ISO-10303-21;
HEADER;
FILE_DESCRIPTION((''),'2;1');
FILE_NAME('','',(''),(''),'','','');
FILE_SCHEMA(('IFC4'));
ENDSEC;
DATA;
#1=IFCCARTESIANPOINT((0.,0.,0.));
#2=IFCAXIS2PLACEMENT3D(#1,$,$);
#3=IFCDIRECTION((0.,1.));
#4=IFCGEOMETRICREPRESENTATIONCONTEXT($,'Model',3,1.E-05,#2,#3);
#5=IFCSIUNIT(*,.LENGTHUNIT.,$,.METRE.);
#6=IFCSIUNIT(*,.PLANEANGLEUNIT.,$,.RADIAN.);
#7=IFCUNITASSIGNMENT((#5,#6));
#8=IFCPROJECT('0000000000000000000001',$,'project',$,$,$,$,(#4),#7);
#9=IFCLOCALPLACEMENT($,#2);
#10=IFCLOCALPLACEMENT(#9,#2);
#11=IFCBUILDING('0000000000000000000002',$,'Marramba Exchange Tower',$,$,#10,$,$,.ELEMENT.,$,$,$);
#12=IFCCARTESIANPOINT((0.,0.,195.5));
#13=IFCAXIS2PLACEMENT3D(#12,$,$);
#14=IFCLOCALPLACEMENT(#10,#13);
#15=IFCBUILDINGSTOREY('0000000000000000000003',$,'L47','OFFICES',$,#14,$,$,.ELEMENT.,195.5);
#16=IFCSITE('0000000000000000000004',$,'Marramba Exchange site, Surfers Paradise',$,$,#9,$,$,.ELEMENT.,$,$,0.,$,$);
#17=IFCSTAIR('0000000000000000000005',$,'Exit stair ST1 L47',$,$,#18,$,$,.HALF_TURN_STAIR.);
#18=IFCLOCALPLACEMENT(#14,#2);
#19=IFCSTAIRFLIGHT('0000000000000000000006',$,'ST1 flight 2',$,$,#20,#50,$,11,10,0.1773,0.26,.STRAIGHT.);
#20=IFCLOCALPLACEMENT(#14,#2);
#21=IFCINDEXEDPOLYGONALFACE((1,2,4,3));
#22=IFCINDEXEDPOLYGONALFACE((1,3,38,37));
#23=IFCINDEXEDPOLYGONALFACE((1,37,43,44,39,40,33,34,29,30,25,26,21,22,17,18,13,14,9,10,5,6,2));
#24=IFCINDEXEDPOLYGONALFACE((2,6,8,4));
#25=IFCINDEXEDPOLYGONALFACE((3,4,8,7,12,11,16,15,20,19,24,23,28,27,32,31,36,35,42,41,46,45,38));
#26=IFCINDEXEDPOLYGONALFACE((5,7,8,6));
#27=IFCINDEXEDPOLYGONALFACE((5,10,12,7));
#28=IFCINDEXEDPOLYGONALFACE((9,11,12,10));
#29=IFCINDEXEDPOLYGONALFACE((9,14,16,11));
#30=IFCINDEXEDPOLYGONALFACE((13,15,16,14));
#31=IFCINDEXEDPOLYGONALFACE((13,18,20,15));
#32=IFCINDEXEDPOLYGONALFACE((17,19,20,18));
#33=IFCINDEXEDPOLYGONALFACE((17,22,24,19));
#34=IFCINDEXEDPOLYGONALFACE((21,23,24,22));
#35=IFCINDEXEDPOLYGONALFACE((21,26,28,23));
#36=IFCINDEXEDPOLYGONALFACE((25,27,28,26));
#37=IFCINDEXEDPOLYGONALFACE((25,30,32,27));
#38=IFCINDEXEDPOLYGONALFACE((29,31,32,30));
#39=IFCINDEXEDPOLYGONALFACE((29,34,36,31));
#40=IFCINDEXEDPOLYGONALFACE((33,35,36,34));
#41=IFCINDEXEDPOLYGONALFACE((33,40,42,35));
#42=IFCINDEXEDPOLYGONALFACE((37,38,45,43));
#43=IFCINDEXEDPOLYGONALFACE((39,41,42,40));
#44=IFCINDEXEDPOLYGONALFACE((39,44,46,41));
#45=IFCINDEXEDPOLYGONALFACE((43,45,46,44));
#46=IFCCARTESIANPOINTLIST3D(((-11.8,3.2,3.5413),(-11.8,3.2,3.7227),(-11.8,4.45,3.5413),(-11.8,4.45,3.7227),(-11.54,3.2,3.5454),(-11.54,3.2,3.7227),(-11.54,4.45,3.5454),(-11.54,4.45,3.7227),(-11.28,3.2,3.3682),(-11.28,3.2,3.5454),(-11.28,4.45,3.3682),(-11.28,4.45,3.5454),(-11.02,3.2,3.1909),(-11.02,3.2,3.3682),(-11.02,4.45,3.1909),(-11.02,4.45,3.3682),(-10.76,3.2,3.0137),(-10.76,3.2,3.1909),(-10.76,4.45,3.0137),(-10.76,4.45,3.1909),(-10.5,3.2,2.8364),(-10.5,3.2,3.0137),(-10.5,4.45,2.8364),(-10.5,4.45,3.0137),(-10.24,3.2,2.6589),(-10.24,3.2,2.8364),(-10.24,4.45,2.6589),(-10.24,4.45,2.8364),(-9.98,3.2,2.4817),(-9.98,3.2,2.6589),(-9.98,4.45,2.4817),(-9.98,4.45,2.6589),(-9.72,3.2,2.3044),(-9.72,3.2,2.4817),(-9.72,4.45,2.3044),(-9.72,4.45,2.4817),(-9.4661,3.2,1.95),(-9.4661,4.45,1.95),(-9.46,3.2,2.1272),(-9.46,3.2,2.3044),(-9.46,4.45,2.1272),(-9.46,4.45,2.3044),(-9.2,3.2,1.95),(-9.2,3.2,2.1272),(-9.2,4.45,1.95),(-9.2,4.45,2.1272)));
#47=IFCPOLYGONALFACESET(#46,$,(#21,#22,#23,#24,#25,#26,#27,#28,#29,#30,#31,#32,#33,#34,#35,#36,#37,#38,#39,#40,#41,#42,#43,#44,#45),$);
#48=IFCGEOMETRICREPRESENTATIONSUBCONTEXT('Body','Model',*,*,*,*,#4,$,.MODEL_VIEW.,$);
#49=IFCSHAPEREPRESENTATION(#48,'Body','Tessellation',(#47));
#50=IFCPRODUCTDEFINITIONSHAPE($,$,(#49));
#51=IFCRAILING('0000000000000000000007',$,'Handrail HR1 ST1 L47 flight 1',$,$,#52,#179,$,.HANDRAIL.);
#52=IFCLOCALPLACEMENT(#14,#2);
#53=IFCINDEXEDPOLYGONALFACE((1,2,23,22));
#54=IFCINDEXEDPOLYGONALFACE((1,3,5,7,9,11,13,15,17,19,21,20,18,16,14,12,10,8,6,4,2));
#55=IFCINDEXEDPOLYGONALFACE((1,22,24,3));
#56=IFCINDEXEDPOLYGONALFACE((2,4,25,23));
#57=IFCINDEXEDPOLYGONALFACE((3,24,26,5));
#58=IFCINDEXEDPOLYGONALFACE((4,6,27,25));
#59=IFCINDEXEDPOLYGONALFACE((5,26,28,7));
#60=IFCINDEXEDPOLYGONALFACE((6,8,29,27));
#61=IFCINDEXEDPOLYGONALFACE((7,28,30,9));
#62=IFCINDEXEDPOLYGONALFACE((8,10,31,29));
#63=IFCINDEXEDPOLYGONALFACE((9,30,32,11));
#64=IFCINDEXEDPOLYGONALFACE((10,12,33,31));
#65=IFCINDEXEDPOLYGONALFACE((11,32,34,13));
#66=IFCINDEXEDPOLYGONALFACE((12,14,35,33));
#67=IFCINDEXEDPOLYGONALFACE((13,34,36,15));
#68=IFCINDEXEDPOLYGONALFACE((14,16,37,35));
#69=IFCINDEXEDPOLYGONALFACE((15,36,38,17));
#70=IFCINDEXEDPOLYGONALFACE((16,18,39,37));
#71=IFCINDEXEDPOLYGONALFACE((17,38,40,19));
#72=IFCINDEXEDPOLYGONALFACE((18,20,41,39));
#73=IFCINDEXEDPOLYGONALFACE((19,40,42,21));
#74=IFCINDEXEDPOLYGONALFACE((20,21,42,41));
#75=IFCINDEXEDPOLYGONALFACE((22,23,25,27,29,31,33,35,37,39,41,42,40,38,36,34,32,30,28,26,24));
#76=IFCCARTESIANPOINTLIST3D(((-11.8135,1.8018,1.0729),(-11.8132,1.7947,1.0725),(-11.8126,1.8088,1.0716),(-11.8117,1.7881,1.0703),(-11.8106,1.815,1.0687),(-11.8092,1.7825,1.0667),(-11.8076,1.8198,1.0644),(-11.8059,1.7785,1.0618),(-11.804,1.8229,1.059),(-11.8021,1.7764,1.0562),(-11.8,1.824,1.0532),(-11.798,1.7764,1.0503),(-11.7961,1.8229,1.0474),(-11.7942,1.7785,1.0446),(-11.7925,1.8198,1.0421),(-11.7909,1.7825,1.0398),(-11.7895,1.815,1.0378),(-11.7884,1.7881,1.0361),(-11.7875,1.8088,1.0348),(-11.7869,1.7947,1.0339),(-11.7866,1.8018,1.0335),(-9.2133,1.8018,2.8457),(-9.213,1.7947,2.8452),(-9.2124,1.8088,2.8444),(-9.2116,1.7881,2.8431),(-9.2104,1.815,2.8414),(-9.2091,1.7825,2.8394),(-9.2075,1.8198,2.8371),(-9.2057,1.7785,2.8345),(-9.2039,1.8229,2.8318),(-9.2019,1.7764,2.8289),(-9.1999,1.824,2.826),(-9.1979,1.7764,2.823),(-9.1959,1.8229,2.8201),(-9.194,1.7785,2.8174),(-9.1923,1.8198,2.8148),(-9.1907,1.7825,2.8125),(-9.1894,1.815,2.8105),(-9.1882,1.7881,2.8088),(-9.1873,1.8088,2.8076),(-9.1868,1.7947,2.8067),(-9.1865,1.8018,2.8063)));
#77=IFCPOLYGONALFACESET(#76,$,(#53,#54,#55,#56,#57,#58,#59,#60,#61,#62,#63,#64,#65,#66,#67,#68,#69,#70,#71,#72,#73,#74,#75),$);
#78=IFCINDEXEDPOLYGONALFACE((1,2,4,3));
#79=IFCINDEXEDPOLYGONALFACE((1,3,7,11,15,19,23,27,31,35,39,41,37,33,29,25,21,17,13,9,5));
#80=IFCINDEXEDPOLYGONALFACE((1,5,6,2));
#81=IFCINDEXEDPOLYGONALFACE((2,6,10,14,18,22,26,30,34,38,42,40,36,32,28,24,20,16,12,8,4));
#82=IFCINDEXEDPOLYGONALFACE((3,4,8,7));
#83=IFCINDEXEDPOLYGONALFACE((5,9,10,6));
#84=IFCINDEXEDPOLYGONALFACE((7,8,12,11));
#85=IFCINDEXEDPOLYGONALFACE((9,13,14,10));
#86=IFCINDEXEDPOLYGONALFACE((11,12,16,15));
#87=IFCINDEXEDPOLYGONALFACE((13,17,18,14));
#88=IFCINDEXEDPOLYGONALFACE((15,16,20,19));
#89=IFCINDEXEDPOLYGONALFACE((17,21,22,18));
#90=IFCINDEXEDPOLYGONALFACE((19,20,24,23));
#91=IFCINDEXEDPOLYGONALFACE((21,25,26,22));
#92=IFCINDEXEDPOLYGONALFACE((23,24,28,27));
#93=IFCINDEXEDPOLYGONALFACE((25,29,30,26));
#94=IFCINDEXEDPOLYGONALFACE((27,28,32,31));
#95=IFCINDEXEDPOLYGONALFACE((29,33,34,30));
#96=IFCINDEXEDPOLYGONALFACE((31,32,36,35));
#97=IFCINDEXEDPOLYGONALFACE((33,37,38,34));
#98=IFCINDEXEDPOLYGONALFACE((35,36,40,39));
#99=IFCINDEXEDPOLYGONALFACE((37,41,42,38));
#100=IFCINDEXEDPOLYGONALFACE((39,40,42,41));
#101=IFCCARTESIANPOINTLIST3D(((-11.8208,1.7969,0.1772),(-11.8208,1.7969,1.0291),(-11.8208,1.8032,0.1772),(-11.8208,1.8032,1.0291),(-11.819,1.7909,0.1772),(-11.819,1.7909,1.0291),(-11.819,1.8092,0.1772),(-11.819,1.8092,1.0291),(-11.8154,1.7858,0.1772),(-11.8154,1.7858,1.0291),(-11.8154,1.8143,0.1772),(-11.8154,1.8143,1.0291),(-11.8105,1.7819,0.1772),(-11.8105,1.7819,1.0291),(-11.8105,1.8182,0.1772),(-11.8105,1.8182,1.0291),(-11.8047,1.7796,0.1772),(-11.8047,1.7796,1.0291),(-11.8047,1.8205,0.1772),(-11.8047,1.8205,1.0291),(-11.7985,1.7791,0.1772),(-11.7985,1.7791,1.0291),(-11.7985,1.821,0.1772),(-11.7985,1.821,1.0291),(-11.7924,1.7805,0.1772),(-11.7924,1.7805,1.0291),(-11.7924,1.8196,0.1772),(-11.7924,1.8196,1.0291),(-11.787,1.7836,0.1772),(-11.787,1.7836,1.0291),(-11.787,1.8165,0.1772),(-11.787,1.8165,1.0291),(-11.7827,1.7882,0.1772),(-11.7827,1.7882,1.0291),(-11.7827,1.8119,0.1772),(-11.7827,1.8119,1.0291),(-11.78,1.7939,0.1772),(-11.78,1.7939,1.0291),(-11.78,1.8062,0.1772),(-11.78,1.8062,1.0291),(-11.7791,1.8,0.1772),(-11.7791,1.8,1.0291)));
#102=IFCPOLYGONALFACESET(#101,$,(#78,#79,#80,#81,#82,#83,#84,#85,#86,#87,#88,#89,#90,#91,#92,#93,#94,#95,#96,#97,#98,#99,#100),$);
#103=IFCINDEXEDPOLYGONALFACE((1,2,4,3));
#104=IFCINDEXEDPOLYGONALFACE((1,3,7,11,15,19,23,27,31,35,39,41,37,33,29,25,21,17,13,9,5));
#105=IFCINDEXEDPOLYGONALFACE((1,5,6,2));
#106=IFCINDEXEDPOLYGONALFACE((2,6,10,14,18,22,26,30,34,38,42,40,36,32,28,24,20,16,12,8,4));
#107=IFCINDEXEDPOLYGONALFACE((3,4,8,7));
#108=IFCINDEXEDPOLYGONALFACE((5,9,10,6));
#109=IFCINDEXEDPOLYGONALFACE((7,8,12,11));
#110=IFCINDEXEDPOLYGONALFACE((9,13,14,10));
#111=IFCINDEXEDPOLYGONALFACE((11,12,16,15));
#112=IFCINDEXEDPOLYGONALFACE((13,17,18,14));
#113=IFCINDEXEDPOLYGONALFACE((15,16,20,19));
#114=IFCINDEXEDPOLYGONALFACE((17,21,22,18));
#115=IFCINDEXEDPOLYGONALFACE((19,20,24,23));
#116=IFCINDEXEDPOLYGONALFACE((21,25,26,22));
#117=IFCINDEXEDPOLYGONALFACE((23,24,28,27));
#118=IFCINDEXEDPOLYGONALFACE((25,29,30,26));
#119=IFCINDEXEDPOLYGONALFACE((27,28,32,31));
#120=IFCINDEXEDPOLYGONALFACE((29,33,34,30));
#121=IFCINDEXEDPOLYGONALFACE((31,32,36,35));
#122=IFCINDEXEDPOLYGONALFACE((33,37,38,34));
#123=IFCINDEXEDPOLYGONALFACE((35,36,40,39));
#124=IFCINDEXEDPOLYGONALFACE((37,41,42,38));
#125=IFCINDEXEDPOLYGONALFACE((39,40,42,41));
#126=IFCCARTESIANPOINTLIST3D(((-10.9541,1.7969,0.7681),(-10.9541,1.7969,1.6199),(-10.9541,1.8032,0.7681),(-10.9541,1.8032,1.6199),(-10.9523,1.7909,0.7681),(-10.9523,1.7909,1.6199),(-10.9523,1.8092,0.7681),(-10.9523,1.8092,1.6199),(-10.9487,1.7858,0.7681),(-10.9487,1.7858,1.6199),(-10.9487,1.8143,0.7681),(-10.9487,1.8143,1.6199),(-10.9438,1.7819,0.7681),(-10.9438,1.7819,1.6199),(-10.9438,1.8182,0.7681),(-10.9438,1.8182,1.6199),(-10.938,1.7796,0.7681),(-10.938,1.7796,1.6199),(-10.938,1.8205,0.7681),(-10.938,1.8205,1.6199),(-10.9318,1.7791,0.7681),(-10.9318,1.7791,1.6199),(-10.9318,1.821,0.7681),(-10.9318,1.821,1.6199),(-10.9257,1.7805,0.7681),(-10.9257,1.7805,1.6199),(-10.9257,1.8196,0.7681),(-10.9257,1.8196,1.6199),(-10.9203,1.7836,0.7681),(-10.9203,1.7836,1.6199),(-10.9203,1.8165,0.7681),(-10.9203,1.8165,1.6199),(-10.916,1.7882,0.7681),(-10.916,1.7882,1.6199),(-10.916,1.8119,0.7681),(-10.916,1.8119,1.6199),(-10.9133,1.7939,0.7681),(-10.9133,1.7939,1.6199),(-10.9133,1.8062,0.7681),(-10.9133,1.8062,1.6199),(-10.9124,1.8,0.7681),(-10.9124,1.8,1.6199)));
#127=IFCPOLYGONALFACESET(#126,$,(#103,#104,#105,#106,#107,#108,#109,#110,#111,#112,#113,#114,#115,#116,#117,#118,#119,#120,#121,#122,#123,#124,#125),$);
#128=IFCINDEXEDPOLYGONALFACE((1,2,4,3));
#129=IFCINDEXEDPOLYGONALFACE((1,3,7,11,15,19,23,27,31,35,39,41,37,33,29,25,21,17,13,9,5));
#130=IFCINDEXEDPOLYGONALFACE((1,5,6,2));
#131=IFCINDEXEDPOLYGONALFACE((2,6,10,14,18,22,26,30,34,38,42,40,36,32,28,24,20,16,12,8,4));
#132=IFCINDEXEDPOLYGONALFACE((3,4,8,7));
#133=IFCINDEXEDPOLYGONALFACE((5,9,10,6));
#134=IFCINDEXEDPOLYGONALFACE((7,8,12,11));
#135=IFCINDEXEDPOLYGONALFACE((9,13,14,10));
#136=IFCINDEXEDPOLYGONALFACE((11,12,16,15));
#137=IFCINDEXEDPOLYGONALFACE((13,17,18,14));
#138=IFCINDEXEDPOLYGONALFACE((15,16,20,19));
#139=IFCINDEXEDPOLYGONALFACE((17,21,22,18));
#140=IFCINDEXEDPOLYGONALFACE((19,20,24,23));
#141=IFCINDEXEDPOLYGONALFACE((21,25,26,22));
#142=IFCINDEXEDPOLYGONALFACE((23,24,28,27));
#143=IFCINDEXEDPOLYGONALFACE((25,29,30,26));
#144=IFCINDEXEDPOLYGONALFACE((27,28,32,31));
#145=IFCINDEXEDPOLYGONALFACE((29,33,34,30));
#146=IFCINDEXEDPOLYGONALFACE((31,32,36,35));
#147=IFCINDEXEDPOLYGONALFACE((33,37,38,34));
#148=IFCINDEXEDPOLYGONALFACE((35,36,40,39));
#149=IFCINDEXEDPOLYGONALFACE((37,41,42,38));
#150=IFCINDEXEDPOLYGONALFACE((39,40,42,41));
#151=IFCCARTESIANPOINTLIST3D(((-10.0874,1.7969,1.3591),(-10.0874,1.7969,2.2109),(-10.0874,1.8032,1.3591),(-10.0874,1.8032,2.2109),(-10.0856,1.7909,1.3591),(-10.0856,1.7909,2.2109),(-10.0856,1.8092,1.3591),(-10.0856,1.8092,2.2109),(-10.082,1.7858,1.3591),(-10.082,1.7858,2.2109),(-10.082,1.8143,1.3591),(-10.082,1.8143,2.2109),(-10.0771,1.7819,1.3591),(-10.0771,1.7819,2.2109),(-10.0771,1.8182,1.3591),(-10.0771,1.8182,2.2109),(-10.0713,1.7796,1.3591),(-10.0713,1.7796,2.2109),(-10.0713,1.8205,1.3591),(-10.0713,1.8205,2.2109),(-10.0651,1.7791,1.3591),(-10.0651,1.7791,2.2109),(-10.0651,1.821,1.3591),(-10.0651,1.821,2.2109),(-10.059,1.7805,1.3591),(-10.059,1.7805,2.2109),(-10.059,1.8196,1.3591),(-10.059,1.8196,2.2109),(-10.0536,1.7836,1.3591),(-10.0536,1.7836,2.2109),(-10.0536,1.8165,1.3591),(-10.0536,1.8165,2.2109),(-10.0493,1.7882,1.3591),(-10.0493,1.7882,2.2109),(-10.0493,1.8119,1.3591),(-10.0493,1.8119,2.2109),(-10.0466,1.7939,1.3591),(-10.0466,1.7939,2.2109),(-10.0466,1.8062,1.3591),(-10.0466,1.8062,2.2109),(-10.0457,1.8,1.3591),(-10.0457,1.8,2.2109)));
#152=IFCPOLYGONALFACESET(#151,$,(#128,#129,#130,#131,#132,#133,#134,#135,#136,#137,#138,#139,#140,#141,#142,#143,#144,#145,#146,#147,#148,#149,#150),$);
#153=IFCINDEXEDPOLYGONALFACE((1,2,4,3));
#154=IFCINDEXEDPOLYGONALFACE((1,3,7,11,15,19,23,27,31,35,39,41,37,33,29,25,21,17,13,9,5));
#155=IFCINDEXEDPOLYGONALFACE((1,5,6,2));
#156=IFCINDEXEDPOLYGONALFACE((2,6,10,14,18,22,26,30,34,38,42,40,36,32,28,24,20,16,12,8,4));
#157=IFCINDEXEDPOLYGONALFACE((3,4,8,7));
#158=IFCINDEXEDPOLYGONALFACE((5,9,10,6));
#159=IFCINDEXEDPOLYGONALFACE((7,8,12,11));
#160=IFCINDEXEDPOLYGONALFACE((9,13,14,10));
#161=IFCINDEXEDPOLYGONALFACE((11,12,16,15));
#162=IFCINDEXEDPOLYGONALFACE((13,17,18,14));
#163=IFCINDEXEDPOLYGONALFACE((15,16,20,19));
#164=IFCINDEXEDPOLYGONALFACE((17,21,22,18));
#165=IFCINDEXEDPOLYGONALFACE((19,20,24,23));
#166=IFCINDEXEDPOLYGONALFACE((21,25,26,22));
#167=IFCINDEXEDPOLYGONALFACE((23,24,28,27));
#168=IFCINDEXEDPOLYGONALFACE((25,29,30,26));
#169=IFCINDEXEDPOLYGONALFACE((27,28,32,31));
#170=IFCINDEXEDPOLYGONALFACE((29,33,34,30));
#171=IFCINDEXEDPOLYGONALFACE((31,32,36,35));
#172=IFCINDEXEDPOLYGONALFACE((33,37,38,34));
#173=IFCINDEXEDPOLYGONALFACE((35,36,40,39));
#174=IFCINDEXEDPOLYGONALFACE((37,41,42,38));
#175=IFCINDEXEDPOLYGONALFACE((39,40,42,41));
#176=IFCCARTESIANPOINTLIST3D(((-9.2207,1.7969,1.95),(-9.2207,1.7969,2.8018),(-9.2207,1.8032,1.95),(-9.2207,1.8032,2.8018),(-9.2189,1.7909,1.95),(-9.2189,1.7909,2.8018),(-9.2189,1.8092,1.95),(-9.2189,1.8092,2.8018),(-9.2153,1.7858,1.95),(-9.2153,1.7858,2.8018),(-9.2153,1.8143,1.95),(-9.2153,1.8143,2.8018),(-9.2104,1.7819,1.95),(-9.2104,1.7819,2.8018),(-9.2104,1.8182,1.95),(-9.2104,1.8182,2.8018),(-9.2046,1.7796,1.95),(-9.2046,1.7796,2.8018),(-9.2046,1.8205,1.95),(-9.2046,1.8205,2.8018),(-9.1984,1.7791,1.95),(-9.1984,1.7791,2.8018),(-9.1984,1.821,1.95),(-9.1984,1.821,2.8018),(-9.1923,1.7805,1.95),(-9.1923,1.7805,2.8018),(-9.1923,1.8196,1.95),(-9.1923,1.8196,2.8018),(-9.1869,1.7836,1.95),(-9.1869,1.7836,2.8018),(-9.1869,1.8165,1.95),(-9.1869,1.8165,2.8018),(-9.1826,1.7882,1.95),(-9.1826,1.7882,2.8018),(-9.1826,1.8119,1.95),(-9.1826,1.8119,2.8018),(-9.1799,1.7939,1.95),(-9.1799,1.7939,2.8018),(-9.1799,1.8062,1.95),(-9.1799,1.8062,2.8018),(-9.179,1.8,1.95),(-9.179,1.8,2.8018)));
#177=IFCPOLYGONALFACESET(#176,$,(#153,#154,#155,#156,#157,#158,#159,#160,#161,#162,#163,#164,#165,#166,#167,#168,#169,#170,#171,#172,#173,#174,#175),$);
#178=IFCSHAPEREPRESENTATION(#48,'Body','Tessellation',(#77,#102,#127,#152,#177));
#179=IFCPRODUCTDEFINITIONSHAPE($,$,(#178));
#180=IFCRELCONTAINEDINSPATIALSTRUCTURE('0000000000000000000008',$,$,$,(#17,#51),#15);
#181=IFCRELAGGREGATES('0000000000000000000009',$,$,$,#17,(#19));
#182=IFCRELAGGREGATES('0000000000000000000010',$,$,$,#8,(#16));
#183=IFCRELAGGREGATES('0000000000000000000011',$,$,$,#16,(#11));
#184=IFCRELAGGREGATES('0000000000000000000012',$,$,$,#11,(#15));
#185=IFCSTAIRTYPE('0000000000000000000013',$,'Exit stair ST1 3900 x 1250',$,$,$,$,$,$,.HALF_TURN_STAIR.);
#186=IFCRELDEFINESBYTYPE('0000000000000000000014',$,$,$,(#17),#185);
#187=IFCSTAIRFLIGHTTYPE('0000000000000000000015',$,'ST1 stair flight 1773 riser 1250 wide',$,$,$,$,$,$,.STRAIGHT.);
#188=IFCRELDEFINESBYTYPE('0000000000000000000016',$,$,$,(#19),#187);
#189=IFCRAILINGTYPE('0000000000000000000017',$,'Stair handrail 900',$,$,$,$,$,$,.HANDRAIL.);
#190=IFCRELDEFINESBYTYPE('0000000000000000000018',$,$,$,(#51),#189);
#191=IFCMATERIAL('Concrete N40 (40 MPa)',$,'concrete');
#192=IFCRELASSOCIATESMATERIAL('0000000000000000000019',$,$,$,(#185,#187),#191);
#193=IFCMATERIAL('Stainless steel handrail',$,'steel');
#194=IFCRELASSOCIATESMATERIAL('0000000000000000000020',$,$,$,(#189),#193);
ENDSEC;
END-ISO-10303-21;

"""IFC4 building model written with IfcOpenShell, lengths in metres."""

from ifc_helpers import new_model, si_unit, direction, frame, origin, origin_2d, place, context, subcontext, project, spatial, polyline, circle, outline, extrude, material, type_object, element, aggregate, save


model = new_model("IFC4")

# Units and contexts
model_context = context("Model", 3, precision=1e-05, world=origin(), true_north=direction((0.0, 1.0)))
body_context = subcontext(model_context, "Body", "Model", "MODEL_VIEW")
ifc_project = project(units=[si_unit("LENGTHUNIT", "METRE"), si_unit("PLANEANGLEUNIT", "RADIAN")], contexts=[model_context])

# Site, building, storey
site_placement = place(None, origin())
site = spatial("IfcSite", under=ifc_project, at=site_placement, Name="Marramba Exchange site, Surfers Paradise", CompositionType="ELEMENT", RefElevation=0.0)
building_placement = place(site_placement, origin())
building = spatial("IfcBuilding", under=site, at=building_placement, Name="Marramba Exchange Tower", CompositionType="ELEMENT")
storey_placement = place(building_placement, frame((0.0, 0.0, 195.5)))
storey = spatial("IfcBuildingStorey", under=building, at=storey_placement, Name="L47", Description="OFFICES", CompositionType="ELEMENT", Elevation=195.5)

# Stair, stair flight
ifc_material_1 = material(Name="Concrete N40 (40 MPa)", Category="concrete")
stair_type = type_object("IfcStairType", Name="Exit stair ST1 3900 x 1250", PredefinedType="HALF_TURN_STAIR", material=ifc_material_1)
stair_placement = place(storey_placement, origin())
stair = element("IfcStair", 1, at=stair_placement, inside=storey, type_object=stair_type, Name="Exit stair ST1 L47", PredefinedType="HALF_TURN_STAIR")
stair_flight_type = type_object("IfcStairFlightType", Name="ST1 stair flight 1773 riser 1250 wide", PredefinedType="STRAIGHT", material=ifc_material_1)
stair_flight_1_placement = place(storey_placement, frame((-9.2, 3.825, 1.95), z_axis=(0.0, 0.0, 1.0), x_axis=(-1.0, 0.0, 0.0)))
stair_flight_1 = element("IfcStairFlight", 2, at=stair_flight_1_placement, type_object=stair_flight_type, Name="ST1 flight 2", NumberOfRisers=11, NumberOfTreads=10, PredefinedType="STRAIGHT", RiserHeight=0.1773, TreadLength=0.26, context=body_context, shape_type="SweptSolid", body=[
    extrude(outline(polyline([(0.0, 0.0), (0.0, 0.1772), (0.26, 0.1772), (0.26, 0.3545), (0.52, 0.3545), (0.52, 0.5317), (0.78, 0.5317), (0.78, 0.709), (1.04, 0.709), (1.04, 0.8865), (1.3, 0.8865), (1.3, 1.0637), (1.5601, 1.0637), (1.5601, 1.241), (1.8201, 1.241), (1.8201, 1.4182), (2.0801, 1.4182), (2.0801, 1.5955), (2.3401, 1.5955), (2.3401, 1.7727), (2.6001, 1.7727), (2.6001, 1.95), (2.6001, 1.5913), (0.2661, 0.0), (0.0, 0.0)])), frame((0.0, 0.625, 0.0), z_axis=(0.0, -1.0, 0.0), x_axis=(1.0, 0.0, 0.0)), (0.0, 0.0, 1.0), 1.25),
])
aggregate(stair, [stair_flight_1])

# Railing
ifc_material_2 = material(Name="Stainless steel handrail", Category="steel")
railing_type = type_object("IfcRailingType", Name="Stair handrail 900", PredefinedType="HANDRAIL", material=ifc_material_2)
railing_1_placement = place(storey_placement, frame((-11.8, 1.8, 0.1772)))
element("IfcRailing", 3, at=railing_1_placement, inside=storey, type_object=railing_type, Name="Handrail HR1 ST1 L47 flight 1", PredefinedType="HANDRAIL", context=body_context, shape_type="SweptSolid", body=[
    extrude(circle(Radius=0.0239, at=origin_2d()), frame((0.0, 0.0, 0.876), z_axis=(0.82624, 0.0, 0.563318), x_axis=(0.0, 1.0, 0.0)), (0.0, 0.0, 1.0), 3.147),
    extrude(circle(Radius=0.021, at=origin_2d()), origin(), (0.0, 0.0, 1.0), 0.8518),
    extrude(circle(Radius=0.021, at=origin_2d()), frame((0.8667, 0.0, 0.5908)), (0.0, 0.0, 1.0), 0.8518),
    extrude(circle(Radius=0.021, at=origin_2d()), frame((1.7334, 0.0, 1.1819)), (0.0, 0.0, 1.0), 0.8518),
    extrude(circle(Radius=0.021, at=origin_2d()), frame((2.6001, 0.0, 1.7727)), (0.0, 0.0, 1.0), 0.8518),
])

save(model, "model.ifc")
